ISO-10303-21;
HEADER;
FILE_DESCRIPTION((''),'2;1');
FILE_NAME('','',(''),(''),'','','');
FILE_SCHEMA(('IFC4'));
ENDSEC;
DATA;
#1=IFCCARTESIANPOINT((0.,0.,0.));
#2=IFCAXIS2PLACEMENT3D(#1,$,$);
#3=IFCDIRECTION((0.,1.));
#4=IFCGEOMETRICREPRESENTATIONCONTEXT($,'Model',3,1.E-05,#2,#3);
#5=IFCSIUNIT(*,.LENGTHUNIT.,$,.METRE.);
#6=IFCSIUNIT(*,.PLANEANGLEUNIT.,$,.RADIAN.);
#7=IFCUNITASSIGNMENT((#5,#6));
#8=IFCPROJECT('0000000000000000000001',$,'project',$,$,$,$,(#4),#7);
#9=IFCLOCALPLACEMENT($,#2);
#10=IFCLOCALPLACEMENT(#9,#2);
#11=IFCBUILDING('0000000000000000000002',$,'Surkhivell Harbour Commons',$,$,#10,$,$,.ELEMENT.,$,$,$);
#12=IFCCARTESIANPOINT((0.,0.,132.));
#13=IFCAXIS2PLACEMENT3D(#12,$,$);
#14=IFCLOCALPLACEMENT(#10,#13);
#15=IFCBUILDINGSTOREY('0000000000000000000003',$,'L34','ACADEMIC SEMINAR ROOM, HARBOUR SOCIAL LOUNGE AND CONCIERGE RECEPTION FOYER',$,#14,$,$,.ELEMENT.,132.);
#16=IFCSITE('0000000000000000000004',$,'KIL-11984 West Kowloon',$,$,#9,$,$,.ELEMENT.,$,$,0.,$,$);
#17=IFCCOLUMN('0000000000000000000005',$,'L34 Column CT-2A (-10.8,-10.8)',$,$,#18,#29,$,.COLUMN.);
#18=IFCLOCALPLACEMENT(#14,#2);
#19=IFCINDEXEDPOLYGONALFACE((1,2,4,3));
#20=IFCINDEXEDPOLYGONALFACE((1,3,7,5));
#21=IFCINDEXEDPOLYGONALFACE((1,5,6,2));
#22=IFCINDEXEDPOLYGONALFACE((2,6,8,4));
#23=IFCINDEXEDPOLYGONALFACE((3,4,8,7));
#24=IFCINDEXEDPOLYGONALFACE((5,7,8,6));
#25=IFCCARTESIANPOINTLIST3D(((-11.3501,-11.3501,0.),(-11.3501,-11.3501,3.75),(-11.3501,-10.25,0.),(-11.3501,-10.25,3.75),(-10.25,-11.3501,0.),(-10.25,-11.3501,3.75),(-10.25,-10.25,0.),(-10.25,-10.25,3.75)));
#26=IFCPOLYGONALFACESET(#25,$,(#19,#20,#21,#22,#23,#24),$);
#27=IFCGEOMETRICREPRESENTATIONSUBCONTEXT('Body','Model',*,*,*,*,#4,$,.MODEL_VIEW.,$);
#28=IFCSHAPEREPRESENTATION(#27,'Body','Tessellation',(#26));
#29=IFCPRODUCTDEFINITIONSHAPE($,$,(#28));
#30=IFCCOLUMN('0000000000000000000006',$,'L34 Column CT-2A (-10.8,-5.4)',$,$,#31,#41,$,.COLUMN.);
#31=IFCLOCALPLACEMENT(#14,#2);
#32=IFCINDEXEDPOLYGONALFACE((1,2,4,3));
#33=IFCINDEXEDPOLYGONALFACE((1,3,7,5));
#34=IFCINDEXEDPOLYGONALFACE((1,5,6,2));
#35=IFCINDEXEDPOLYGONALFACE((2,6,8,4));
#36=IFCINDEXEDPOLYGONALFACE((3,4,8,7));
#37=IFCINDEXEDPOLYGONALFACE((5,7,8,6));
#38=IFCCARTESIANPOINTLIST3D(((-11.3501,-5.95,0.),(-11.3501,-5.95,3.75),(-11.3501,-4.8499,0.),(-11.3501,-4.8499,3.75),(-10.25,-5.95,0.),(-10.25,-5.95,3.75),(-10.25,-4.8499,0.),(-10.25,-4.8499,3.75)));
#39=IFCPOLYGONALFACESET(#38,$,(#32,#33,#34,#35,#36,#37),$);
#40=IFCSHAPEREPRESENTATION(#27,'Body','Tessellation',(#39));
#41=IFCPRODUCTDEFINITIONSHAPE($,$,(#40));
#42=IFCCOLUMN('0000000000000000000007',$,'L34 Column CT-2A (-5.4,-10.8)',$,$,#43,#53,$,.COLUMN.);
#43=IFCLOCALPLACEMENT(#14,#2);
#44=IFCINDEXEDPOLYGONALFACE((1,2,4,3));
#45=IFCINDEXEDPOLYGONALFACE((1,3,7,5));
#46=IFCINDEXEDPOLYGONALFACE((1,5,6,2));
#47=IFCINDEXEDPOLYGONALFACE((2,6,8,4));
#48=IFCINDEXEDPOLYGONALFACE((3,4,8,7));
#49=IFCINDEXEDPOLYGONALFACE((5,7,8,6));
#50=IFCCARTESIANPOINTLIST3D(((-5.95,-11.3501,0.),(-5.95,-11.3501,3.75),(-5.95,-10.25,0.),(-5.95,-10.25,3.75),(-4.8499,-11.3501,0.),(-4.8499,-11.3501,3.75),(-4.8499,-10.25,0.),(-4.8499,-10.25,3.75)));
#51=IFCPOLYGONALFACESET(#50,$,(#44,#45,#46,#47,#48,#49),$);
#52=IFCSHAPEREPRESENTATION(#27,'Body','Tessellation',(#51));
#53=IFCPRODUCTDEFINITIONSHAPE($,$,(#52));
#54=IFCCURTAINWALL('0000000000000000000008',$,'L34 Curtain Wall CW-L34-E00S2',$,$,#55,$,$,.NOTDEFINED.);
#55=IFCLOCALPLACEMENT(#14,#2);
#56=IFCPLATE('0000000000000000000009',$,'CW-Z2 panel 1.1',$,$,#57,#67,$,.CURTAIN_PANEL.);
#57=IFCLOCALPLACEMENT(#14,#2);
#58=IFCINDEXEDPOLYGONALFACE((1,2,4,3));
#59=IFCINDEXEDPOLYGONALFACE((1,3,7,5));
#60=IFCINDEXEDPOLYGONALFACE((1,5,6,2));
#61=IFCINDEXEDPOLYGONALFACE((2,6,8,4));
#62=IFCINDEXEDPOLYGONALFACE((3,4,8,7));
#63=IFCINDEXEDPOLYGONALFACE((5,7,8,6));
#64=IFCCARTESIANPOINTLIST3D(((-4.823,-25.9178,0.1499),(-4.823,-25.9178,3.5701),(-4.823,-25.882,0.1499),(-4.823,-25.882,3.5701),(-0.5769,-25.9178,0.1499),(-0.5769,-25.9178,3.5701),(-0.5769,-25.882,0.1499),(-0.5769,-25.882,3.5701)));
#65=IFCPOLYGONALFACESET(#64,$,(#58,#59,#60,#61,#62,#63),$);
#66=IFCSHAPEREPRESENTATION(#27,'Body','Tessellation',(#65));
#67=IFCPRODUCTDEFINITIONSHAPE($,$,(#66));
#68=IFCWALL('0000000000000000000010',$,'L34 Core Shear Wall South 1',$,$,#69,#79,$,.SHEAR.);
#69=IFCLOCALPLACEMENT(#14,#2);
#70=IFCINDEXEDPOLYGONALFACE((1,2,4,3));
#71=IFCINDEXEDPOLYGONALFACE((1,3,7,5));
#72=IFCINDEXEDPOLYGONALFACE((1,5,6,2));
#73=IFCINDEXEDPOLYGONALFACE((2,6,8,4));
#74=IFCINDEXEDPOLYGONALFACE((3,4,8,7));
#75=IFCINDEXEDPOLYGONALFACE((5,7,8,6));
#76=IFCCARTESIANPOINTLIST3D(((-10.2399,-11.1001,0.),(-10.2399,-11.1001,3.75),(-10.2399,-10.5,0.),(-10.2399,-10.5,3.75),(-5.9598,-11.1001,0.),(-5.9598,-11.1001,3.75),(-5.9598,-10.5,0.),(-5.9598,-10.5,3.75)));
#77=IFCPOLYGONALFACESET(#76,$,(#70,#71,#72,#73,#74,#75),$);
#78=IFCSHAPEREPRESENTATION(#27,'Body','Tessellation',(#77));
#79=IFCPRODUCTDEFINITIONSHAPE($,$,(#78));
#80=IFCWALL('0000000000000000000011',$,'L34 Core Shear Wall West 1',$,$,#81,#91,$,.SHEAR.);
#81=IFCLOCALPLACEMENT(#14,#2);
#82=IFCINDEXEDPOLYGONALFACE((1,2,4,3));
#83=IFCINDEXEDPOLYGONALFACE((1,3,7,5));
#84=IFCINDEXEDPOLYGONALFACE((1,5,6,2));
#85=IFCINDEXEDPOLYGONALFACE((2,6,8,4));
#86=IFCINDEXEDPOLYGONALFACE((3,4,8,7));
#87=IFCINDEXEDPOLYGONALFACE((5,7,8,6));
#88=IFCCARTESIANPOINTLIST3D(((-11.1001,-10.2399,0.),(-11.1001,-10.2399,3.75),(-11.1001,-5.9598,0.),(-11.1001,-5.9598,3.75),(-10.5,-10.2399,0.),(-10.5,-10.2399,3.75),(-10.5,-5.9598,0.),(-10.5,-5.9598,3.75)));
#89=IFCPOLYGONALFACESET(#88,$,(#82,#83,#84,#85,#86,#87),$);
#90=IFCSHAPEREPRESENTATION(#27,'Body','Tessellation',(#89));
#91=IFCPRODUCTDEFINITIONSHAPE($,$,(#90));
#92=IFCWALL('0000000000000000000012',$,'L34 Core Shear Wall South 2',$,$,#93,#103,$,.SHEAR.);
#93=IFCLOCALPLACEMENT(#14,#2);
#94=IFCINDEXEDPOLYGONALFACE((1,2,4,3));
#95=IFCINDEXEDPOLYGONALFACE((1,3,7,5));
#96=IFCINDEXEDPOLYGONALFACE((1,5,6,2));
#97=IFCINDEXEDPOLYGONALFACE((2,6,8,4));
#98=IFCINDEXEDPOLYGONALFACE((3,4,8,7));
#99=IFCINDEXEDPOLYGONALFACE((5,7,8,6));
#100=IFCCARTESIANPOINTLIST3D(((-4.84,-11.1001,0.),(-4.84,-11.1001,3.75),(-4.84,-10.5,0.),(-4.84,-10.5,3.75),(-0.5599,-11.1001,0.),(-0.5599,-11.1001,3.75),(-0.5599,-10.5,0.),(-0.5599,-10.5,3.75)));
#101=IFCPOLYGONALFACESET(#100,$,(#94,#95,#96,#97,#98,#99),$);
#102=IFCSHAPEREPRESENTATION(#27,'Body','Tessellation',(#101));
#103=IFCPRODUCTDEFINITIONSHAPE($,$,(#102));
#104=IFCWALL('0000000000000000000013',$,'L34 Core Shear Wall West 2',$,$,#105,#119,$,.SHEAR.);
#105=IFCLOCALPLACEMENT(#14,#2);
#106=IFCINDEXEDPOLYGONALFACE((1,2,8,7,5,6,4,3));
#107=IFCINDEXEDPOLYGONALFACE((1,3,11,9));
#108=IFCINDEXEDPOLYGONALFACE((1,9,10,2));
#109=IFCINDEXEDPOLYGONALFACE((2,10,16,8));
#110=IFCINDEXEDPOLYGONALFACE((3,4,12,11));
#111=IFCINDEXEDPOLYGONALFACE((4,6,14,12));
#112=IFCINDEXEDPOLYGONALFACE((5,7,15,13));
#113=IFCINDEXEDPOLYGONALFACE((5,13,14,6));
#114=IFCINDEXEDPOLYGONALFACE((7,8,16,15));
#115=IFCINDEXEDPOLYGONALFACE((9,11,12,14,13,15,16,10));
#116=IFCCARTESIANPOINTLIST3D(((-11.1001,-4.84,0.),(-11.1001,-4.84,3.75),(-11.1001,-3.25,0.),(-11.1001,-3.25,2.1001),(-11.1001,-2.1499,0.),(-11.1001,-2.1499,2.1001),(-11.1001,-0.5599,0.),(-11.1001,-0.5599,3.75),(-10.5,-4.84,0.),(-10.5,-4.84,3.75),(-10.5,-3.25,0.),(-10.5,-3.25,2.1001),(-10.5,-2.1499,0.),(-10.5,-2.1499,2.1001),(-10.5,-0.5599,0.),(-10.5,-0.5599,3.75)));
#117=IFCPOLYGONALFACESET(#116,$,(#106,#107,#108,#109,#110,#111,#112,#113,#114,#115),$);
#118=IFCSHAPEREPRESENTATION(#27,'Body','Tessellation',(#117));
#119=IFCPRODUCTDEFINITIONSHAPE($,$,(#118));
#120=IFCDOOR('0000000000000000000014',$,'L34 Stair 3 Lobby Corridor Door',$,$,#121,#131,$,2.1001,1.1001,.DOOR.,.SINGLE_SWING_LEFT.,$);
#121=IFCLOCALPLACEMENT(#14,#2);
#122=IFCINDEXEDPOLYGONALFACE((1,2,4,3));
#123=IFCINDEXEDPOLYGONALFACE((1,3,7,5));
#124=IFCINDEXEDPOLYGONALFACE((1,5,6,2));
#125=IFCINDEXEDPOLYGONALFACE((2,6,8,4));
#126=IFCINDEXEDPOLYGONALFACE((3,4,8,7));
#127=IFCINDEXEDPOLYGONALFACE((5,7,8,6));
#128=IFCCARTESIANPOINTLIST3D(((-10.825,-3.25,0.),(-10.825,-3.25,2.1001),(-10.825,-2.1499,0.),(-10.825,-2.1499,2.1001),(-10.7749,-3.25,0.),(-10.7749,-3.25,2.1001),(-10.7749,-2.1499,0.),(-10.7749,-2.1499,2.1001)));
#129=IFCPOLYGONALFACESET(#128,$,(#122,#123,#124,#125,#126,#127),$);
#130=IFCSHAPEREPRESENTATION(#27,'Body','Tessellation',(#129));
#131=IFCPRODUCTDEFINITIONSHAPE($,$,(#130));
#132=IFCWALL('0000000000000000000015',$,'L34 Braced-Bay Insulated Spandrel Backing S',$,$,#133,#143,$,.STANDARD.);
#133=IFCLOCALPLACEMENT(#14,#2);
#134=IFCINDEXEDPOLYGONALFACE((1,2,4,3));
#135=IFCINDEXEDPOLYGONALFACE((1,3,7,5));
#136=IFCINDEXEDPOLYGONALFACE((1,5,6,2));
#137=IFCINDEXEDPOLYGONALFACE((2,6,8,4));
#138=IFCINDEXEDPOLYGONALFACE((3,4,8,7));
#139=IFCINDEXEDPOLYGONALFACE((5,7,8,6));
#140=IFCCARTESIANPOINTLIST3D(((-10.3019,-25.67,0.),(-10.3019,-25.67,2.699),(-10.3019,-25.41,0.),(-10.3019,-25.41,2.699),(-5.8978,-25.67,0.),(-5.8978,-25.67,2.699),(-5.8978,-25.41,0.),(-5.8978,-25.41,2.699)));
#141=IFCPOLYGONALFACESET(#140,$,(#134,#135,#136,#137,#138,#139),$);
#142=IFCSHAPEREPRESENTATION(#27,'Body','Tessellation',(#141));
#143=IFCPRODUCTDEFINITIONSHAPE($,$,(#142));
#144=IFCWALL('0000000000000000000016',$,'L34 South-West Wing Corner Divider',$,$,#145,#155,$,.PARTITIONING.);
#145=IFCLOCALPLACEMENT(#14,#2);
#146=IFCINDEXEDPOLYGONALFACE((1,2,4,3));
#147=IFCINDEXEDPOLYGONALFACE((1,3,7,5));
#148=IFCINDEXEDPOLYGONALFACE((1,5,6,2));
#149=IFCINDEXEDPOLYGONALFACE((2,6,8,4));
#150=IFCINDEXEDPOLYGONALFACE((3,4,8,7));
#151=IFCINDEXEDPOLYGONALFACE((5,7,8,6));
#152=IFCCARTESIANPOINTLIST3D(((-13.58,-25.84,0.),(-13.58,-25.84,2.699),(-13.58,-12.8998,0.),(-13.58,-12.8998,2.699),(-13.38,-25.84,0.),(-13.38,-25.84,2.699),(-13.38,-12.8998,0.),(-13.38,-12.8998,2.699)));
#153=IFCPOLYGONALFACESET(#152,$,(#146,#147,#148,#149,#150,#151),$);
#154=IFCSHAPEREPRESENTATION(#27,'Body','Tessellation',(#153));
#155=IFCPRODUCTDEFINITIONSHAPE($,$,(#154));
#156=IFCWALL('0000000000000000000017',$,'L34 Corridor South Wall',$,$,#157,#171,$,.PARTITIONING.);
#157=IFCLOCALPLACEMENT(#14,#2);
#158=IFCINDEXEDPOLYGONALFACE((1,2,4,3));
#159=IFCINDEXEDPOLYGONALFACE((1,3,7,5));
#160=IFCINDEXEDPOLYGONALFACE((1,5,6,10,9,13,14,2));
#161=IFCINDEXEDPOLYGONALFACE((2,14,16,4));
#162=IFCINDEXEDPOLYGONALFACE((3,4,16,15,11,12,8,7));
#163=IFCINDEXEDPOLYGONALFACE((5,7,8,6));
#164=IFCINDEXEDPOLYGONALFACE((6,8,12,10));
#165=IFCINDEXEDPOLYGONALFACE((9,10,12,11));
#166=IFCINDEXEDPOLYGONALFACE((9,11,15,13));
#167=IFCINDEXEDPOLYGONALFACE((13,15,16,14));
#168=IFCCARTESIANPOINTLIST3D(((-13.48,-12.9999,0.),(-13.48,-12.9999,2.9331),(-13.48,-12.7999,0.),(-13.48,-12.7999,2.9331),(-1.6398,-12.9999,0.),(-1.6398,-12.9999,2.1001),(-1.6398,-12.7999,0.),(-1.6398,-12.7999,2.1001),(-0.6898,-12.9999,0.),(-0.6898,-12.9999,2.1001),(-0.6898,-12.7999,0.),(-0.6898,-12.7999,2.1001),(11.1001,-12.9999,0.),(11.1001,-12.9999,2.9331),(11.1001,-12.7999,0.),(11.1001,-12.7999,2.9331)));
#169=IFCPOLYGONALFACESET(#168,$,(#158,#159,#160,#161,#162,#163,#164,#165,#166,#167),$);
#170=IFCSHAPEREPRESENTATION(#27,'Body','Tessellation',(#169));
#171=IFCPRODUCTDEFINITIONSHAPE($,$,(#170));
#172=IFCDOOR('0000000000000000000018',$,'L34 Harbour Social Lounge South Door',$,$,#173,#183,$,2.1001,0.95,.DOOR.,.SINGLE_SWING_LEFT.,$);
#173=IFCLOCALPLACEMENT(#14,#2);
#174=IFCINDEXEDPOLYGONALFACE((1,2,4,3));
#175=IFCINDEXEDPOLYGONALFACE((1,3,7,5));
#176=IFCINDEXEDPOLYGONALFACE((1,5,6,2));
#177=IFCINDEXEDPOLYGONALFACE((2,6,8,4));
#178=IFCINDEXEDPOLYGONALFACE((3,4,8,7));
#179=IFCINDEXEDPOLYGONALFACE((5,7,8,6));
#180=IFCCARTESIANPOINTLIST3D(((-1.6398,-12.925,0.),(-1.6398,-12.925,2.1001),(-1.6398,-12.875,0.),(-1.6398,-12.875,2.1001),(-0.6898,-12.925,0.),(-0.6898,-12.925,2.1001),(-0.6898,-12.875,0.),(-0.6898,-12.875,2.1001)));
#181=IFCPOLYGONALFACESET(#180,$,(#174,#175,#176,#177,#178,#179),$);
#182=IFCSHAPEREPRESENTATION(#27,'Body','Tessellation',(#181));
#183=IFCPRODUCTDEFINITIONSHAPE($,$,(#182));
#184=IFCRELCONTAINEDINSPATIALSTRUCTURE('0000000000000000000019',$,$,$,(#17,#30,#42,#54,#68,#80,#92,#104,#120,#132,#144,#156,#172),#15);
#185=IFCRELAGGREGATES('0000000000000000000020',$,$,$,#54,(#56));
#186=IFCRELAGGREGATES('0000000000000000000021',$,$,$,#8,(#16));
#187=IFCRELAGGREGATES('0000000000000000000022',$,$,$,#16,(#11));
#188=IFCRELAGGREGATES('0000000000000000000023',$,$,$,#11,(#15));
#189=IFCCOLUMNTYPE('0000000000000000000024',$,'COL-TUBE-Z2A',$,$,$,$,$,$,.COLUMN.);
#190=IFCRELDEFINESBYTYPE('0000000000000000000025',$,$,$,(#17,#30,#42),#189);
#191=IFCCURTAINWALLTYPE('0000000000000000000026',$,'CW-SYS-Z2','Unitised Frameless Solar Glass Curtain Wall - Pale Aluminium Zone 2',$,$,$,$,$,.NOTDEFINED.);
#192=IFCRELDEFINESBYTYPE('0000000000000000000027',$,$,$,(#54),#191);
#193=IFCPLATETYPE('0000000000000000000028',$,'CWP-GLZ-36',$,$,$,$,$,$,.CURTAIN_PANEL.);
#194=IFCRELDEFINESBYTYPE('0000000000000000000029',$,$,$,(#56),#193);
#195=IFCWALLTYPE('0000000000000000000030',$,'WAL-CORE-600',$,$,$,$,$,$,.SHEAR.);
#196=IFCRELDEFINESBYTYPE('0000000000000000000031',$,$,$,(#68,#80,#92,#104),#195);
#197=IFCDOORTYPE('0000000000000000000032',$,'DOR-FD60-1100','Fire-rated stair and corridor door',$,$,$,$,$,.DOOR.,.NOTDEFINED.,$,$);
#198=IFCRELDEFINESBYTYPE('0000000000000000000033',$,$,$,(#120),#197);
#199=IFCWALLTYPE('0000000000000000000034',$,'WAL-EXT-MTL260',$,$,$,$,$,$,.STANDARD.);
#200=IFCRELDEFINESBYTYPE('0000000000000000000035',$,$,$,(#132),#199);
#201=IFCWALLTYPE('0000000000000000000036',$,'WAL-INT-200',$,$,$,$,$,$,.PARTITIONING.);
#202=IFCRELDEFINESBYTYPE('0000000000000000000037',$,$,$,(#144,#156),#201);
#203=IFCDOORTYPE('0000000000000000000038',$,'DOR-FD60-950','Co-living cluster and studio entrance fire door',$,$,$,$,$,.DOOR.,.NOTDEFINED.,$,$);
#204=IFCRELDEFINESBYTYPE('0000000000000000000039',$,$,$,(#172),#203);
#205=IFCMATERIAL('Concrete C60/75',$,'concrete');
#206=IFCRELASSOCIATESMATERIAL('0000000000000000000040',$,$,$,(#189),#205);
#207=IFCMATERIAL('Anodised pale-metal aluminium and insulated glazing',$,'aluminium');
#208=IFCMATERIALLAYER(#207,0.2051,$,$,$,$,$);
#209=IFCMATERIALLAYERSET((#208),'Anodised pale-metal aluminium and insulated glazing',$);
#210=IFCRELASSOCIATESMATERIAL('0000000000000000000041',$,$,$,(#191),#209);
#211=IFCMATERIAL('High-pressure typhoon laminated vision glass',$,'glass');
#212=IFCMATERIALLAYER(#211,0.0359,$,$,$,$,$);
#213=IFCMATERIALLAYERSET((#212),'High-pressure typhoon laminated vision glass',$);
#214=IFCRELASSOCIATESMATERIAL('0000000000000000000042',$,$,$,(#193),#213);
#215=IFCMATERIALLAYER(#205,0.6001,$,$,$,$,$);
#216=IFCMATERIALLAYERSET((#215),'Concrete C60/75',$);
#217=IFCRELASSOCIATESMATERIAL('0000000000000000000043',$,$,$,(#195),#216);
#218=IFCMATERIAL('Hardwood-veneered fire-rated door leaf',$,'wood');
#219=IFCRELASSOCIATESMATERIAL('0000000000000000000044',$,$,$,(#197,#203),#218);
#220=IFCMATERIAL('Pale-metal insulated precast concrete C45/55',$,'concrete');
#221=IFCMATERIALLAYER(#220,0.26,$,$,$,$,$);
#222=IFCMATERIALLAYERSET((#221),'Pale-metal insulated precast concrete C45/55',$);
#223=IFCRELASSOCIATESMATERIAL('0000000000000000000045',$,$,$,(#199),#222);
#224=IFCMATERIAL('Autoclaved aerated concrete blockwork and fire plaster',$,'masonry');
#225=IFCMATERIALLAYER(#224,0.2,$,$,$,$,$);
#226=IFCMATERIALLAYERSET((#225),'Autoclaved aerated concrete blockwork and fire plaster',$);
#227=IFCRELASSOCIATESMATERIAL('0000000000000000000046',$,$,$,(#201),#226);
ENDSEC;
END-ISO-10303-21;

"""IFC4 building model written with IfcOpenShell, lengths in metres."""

from ifc_helpers import new_model, si_unit, direction, frame, frame_2d, origin, origin_2d, place, context, subcontext, project, spatial, rectangle, extrude, material, layer, layer_set, material_profile, profile_set, type_object, element, fill, aggregate, save


model = new_model("IFC4")

# Units and contexts
model_context = context("Model", 3, precision=1e-05, world=origin(), true_north=direction((0.0, 1.0)))
body_context = subcontext(model_context, "Body", "Model", "MODEL_VIEW")
ifc_project = project(units=[si_unit("LENGTHUNIT", "METRE"), si_unit("PLANEANGLEUNIT", "RADIAN")], contexts=[model_context])

# Site, building, storey
site_placement = place(None, origin())
site = spatial("IfcSite", under=ifc_project, at=site_placement, Name="KIL-11984 West Kowloon", CompositionType="ELEMENT", RefElevation=0.0)
building_placement = place(site_placement, origin())
building = spatial("IfcBuilding", under=site, at=building_placement, Name="Surkhivell Harbour Commons", CompositionType="ELEMENT")
storey_placement = place(building_placement, frame((0.0, 0.0, 132.0)))
storey = spatial("IfcBuildingStorey", under=building, at=storey_placement, Name="L34", Description="ACADEMIC SEMINAR ROOM, HARBOUR SOCIAL LOUNGE AND CONCIERGE RECEPTION FOYER", CompositionType="ELEMENT", Elevation=132.0)

# Columns
ifc_material_1 = material(Name="Concrete C60/75", Category="concrete")
ifc_material_profile = material_profile(ifc_material_1, rectangle(XDim=1.1001, YDim=1.1001, at=origin_2d()), Name="RC-COL-1100x1100")
ifc_profile_set = profile_set([ifc_material_profile], Name="Concrete C60/75")
column_type = type_object("IfcColumnType", Name="COL-TUBE-Z2A", PredefinedType="COLUMN", material=ifc_profile_set)
for number, where, z_axis, x_axis, name in (
    (1, (-10.8, -10.8, 0.0), (0.0, 0.0, 1.0), (1.0, 0.0, 0.0), "L34 Column CT-2A (-10.8,-10.8)"),
    (2, (-10.8, -5.3999, 0.0), (0.0, 0.0, 1.0), (1.0, 0.0, 0.0), "L34 Column CT-2A (-10.8,-5.4)"),
    (3, (-5.3999, -10.8, 0.0), (0.0, 0.0, 1.0), (1.0, 0.0, 0.0), "L34 Column CT-2A (-5.4,-10.8)"),
):
    element("IfcColumn", number, at=place(storey_placement, frame(where, z_axis=z_axis, x_axis=x_axis)), inside=storey, type_object=column_type, Name=name, PredefinedType="COLUMN", context=body_context, shape_type="SweptSolid", body=[
        extrude(rectangle(XDim=1.1001, YDim=1.1001, at=origin_2d()), origin(), (0.0, 0.0, 1.0), 3.75),
    ])

# Curtain wall, plate
ifc_material_2 = material(Name="Anodised pale-metal aluminium and insulated glazing", Category="aluminium")
ifc_layer_1 = layer(ifc_material_2, 0.2051)
ifc_layer_set_1 = layer_set([ifc_layer_1], Name="Anodised pale-metal aluminium and insulated glazing")
curtain_wall_type = type_object("IfcCurtainWallType", Name="CW-SYS-Z2", Description="Unitised Frameless Solar Glass Curtain Wall - Pale Aluminium Zone 2", PredefinedType="NOTDEFINED", material=ifc_layer_set_1)
curtain_wall_placement = place(storey_placement, origin())
curtain_wall = element("IfcCurtainWall", 4, at=curtain_wall_placement, inside=storey, type_object=curtain_wall_type, Name="L34 Curtain Wall CW-L34-E00S2", PredefinedType="NOTDEFINED")
ifc_material_3 = material(Name="High-pressure typhoon laminated vision glass", Category="glass")
ifc_layer_2 = layer(ifc_material_3, 0.0359)
ifc_layer_set_2 = layer_set([ifc_layer_2], Name="High-pressure typhoon laminated vision glass")
plate_type = type_object("IfcPlateType", Name="CWP-GLZ-36", PredefinedType="CURTAIN_PANEL", material=ifc_layer_set_2)
plate_placement = place(storey_placement, frame((-4.823, -25.8999, 0.1499), z_axis=(0.0, 0.0, 1.0), x_axis=(1.0, 0.0, 0.0)))
plate = element("IfcPlate", 5, at=plate_placement, type_object=plate_type, Name="CW-Z2 panel 1.1", PredefinedType="CURTAIN_PANEL", context=body_context, shape_type="SweptSolid", body=[
    extrude(rectangle(XDim=4.2461, YDim=0.0359, at=frame_2d((2.123, 0.0))), origin(), (0.0, 0.0, 1.0), 3.4202),
])
aggregate(curtain_wall, [plate])

# Walls
ifc_layer_3 = layer(ifc_material_1, 0.6001)
ifc_layer_set_3 = layer_set([ifc_layer_3], Name="Concrete C60/75")
wall_type_1 = type_object("IfcWallType", Name="WAL-CORE-600", PredefinedType="SHEAR", material=ifc_layer_set_3)
for number, where, z_axis, x_axis, name in (
    (6, (-10.24, -10.8, 0.0), (0.0, 0.0, 1.0), (1.0, 0.0, 0.0), "L34 Core Shear Wall South 1"),
    (7, (-10.8, -10.24, 0.0), (0.0, 0.0, 1.0), (0.0, 1.0, 0.0), "L34 Core Shear Wall West 1"),
    (8, (-4.8401, -10.8, 0.0), (0.0, 0.0, 1.0), (1.0, 0.0, 0.0), "L34 Core Shear Wall South 2"),
):
    element("IfcWall", number, at=place(storey_placement, frame(where, z_axis=z_axis, x_axis=x_axis)), inside=storey, type_object=wall_type_1, Name=name, PredefinedType="SHEAR", context=body_context, shape_type="SweptSolid", body=[
        extrude(rectangle(XDim=4.28, YDim=0.6001, at=frame_2d((2.1401, 0.0))), origin(), (0.0, 0.0, 1.0), 3.75),
    ])

# Wall, opening, door
wall_1_placement = place(storey_placement, frame((-10.8, -4.8401, 0.0), z_axis=(0.0, 0.0, 1.0), x_axis=(0.0, 1.0, 0.0)))
wall_1 = element("IfcWall", 9, at=wall_1_placement, inside=storey, type_object=wall_type_1, Name="L34 Core Shear Wall West 2", PredefinedType="SHEAR", context=body_context, shape_type="SweptSolid", body=[
    extrude(rectangle(XDim=4.28, YDim=0.6001, at=frame_2d((2.1401, 0.0))), origin(), (0.0, 0.0, 1.0), 3.75),
])
opening_1_placement = place(wall_1_placement, frame((1.5901, 0.0, 0.0)))
opening_1 = element("IfcOpeningElement", 10, at=opening_1_placement, cuts=wall_1, PredefinedType="OPENING", context=body_context, shape_type="SweptSolid", body=[
    extrude(rectangle(XDim=1.1001, YDim=2.1001, at=frame_2d((0.55, 1.05))), frame((0.0, 0.3101, 0.0), z_axis=(0.0, -1.0, 0.0), x_axis=(1.0, 0.0, 0.0)), (0.0, 0.0, 1.0), 0.6201),
])
ifc_material_4 = material(Name="Hardwood-veneered fire-rated door leaf", Category="wood")
door_type_1 = type_object("IfcDoorType", Name="DOR-FD60-1100", Description="Fire-rated stair and corridor door", OperationType="NOTDEFINED", PredefinedType="DOOR", material=ifc_material_4)
door_1_placement = place(opening_1_placement, origin())
door_1 = element("IfcDoor", 11, at=door_1_placement, inside=storey, type_object=door_type_1, Name="L34 Stair 3 Lobby Corridor Door", OperationType="SINGLE_SWING_LEFT", OverallHeight=2.1001, OverallWidth=1.1001, PredefinedType="DOOR", context=body_context, shape_type="SweptSolid", body=[
    extrude(rectangle(XDim=1.1001, YDim=2.1001, at=frame_2d((0.55, 1.05))), frame((0.0, 0.0249, 0.0), z_axis=(0.0, -1.0, 0.0), x_axis=(1.0, 0.0, 0.0)), (0.0, 0.0, 1.0), 0.05),
])
fill(opening_1, door_1)

# Walls
ifc_material_5 = material(Name="Pale-metal insulated precast concrete C45/55", Category="concrete")
ifc_layer_4 = layer(ifc_material_5, 0.26)
ifc_layer_set_4 = layer_set([ifc_layer_4], Name="Pale-metal insulated precast concrete C45/55")
wall_type_2 = type_object("IfcWallType", Name="WAL-EXT-MTL260", PredefinedType="STANDARD", material=ifc_layer_set_4)
wall_2_placement = place(storey_placement, frame((-10.302, -25.54, 0.0), z_axis=(0.0, 0.0, 1.0), x_axis=(1.0, 0.0, 0.0)))
element("IfcWall", 12, at=wall_2_placement, inside=storey, type_object=wall_type_2, Name="L34 Braced-Bay Insulated Spandrel Backing S", PredefinedType="STANDARD", context=body_context, shape_type="SweptSolid", body=[
    extrude(rectangle(XDim=4.4041, YDim=0.26, at=frame_2d((2.2021, 0.0))), origin(), (0.0, 0.0, 1.0), 2.699),
])
ifc_material_6 = material(Name="Autoclaved aerated concrete blockwork and fire plaster", Category="masonry")
ifc_layer_5 = layer(ifc_material_6, 0.2)
ifc_layer_set_5 = layer_set([ifc_layer_5], Name="Autoclaved aerated concrete blockwork and fire plaster")
wall_type_3 = type_object("IfcWallType", Name="WAL-INT-200", PredefinedType="PARTITIONING", material=ifc_layer_set_5)
wall_3_placement = place(storey_placement, frame((-13.48, -25.8401, 0.0), z_axis=(0.0, 0.0, 1.0), x_axis=(0.0, 1.0, 0.0)))
element("IfcWall", 13, at=wall_3_placement, inside=storey, type_object=wall_type_3, Name="L34 South-West Wing Corner Divider", PredefinedType="PARTITIONING", context=body_context, shape_type="SweptSolid", body=[
    extrude(rectangle(XDim=12.9402, YDim=0.2, at=frame_2d((6.4702, 0.0))), origin(), (0.0, 0.0, 1.0), 2.699),
])

# Wall, opening, door
wall_4_placement = place(storey_placement, frame((-13.48, -12.8999, 0.0), z_axis=(0.0, 0.0, 1.0), x_axis=(1.0, 0.0, 0.0)))
wall_4 = element("IfcWall", 14, at=wall_4_placement, inside=storey, type_object=wall_type_3, Name="L34 Corridor South Wall", PredefinedType="PARTITIONING", context=body_context, shape_type="SweptSolid", body=[
    extrude(rectangle(XDim=24.5801, YDim=0.2, at=frame_2d((12.29, 0.0))), origin(), (0.0, 0.0, 1.0), 2.9331),
])
opening_2_placement = place(wall_4_placement, frame((11.8401, 0.0, 0.0)))
opening_2 = element("IfcOpeningElement", 15, at=opening_2_placement, cuts=wall_4, PredefinedType="OPENING", context=body_context, shape_type="SweptSolid", body=[
    extrude(rectangle(XDim=0.95, YDim=2.1001, at=frame_2d((0.4751, 1.05))), frame((0.0, 0.1099, 0.0), z_axis=(0.0, -1.0, 0.0), x_axis=(1.0, 0.0, 0.0)), (0.0, 0.0, 1.0), 0.22),
])
door_type_2 = type_object("IfcDoorType", Name="DOR-FD60-950", Description="Co-living cluster and studio entrance fire door", OperationType="NOTDEFINED", PredefinedType="DOOR", material=ifc_material_4)
door_2_placement = place(opening_2_placement, origin())
door_2 = element("IfcDoor", 16, at=door_2_placement, inside=storey, type_object=door_type_2, Name="L34 Harbour Social Lounge South Door", OperationType="SINGLE_SWING_LEFT", OverallHeight=2.1001, OverallWidth=0.95, PredefinedType="DOOR", context=body_context, shape_type="SweptSolid", body=[
    extrude(rectangle(XDim=0.95, YDim=2.1001, at=frame_2d((0.4751, 1.05))), frame((0.0, 0.0249, 0.0), z_axis=(0.0, -1.0, 0.0), x_axis=(1.0, 0.0, 0.0)), (0.0, 0.0, 1.0), 0.05),
])
fill(opening_2, door_2)

save(model, "model.ifc")
